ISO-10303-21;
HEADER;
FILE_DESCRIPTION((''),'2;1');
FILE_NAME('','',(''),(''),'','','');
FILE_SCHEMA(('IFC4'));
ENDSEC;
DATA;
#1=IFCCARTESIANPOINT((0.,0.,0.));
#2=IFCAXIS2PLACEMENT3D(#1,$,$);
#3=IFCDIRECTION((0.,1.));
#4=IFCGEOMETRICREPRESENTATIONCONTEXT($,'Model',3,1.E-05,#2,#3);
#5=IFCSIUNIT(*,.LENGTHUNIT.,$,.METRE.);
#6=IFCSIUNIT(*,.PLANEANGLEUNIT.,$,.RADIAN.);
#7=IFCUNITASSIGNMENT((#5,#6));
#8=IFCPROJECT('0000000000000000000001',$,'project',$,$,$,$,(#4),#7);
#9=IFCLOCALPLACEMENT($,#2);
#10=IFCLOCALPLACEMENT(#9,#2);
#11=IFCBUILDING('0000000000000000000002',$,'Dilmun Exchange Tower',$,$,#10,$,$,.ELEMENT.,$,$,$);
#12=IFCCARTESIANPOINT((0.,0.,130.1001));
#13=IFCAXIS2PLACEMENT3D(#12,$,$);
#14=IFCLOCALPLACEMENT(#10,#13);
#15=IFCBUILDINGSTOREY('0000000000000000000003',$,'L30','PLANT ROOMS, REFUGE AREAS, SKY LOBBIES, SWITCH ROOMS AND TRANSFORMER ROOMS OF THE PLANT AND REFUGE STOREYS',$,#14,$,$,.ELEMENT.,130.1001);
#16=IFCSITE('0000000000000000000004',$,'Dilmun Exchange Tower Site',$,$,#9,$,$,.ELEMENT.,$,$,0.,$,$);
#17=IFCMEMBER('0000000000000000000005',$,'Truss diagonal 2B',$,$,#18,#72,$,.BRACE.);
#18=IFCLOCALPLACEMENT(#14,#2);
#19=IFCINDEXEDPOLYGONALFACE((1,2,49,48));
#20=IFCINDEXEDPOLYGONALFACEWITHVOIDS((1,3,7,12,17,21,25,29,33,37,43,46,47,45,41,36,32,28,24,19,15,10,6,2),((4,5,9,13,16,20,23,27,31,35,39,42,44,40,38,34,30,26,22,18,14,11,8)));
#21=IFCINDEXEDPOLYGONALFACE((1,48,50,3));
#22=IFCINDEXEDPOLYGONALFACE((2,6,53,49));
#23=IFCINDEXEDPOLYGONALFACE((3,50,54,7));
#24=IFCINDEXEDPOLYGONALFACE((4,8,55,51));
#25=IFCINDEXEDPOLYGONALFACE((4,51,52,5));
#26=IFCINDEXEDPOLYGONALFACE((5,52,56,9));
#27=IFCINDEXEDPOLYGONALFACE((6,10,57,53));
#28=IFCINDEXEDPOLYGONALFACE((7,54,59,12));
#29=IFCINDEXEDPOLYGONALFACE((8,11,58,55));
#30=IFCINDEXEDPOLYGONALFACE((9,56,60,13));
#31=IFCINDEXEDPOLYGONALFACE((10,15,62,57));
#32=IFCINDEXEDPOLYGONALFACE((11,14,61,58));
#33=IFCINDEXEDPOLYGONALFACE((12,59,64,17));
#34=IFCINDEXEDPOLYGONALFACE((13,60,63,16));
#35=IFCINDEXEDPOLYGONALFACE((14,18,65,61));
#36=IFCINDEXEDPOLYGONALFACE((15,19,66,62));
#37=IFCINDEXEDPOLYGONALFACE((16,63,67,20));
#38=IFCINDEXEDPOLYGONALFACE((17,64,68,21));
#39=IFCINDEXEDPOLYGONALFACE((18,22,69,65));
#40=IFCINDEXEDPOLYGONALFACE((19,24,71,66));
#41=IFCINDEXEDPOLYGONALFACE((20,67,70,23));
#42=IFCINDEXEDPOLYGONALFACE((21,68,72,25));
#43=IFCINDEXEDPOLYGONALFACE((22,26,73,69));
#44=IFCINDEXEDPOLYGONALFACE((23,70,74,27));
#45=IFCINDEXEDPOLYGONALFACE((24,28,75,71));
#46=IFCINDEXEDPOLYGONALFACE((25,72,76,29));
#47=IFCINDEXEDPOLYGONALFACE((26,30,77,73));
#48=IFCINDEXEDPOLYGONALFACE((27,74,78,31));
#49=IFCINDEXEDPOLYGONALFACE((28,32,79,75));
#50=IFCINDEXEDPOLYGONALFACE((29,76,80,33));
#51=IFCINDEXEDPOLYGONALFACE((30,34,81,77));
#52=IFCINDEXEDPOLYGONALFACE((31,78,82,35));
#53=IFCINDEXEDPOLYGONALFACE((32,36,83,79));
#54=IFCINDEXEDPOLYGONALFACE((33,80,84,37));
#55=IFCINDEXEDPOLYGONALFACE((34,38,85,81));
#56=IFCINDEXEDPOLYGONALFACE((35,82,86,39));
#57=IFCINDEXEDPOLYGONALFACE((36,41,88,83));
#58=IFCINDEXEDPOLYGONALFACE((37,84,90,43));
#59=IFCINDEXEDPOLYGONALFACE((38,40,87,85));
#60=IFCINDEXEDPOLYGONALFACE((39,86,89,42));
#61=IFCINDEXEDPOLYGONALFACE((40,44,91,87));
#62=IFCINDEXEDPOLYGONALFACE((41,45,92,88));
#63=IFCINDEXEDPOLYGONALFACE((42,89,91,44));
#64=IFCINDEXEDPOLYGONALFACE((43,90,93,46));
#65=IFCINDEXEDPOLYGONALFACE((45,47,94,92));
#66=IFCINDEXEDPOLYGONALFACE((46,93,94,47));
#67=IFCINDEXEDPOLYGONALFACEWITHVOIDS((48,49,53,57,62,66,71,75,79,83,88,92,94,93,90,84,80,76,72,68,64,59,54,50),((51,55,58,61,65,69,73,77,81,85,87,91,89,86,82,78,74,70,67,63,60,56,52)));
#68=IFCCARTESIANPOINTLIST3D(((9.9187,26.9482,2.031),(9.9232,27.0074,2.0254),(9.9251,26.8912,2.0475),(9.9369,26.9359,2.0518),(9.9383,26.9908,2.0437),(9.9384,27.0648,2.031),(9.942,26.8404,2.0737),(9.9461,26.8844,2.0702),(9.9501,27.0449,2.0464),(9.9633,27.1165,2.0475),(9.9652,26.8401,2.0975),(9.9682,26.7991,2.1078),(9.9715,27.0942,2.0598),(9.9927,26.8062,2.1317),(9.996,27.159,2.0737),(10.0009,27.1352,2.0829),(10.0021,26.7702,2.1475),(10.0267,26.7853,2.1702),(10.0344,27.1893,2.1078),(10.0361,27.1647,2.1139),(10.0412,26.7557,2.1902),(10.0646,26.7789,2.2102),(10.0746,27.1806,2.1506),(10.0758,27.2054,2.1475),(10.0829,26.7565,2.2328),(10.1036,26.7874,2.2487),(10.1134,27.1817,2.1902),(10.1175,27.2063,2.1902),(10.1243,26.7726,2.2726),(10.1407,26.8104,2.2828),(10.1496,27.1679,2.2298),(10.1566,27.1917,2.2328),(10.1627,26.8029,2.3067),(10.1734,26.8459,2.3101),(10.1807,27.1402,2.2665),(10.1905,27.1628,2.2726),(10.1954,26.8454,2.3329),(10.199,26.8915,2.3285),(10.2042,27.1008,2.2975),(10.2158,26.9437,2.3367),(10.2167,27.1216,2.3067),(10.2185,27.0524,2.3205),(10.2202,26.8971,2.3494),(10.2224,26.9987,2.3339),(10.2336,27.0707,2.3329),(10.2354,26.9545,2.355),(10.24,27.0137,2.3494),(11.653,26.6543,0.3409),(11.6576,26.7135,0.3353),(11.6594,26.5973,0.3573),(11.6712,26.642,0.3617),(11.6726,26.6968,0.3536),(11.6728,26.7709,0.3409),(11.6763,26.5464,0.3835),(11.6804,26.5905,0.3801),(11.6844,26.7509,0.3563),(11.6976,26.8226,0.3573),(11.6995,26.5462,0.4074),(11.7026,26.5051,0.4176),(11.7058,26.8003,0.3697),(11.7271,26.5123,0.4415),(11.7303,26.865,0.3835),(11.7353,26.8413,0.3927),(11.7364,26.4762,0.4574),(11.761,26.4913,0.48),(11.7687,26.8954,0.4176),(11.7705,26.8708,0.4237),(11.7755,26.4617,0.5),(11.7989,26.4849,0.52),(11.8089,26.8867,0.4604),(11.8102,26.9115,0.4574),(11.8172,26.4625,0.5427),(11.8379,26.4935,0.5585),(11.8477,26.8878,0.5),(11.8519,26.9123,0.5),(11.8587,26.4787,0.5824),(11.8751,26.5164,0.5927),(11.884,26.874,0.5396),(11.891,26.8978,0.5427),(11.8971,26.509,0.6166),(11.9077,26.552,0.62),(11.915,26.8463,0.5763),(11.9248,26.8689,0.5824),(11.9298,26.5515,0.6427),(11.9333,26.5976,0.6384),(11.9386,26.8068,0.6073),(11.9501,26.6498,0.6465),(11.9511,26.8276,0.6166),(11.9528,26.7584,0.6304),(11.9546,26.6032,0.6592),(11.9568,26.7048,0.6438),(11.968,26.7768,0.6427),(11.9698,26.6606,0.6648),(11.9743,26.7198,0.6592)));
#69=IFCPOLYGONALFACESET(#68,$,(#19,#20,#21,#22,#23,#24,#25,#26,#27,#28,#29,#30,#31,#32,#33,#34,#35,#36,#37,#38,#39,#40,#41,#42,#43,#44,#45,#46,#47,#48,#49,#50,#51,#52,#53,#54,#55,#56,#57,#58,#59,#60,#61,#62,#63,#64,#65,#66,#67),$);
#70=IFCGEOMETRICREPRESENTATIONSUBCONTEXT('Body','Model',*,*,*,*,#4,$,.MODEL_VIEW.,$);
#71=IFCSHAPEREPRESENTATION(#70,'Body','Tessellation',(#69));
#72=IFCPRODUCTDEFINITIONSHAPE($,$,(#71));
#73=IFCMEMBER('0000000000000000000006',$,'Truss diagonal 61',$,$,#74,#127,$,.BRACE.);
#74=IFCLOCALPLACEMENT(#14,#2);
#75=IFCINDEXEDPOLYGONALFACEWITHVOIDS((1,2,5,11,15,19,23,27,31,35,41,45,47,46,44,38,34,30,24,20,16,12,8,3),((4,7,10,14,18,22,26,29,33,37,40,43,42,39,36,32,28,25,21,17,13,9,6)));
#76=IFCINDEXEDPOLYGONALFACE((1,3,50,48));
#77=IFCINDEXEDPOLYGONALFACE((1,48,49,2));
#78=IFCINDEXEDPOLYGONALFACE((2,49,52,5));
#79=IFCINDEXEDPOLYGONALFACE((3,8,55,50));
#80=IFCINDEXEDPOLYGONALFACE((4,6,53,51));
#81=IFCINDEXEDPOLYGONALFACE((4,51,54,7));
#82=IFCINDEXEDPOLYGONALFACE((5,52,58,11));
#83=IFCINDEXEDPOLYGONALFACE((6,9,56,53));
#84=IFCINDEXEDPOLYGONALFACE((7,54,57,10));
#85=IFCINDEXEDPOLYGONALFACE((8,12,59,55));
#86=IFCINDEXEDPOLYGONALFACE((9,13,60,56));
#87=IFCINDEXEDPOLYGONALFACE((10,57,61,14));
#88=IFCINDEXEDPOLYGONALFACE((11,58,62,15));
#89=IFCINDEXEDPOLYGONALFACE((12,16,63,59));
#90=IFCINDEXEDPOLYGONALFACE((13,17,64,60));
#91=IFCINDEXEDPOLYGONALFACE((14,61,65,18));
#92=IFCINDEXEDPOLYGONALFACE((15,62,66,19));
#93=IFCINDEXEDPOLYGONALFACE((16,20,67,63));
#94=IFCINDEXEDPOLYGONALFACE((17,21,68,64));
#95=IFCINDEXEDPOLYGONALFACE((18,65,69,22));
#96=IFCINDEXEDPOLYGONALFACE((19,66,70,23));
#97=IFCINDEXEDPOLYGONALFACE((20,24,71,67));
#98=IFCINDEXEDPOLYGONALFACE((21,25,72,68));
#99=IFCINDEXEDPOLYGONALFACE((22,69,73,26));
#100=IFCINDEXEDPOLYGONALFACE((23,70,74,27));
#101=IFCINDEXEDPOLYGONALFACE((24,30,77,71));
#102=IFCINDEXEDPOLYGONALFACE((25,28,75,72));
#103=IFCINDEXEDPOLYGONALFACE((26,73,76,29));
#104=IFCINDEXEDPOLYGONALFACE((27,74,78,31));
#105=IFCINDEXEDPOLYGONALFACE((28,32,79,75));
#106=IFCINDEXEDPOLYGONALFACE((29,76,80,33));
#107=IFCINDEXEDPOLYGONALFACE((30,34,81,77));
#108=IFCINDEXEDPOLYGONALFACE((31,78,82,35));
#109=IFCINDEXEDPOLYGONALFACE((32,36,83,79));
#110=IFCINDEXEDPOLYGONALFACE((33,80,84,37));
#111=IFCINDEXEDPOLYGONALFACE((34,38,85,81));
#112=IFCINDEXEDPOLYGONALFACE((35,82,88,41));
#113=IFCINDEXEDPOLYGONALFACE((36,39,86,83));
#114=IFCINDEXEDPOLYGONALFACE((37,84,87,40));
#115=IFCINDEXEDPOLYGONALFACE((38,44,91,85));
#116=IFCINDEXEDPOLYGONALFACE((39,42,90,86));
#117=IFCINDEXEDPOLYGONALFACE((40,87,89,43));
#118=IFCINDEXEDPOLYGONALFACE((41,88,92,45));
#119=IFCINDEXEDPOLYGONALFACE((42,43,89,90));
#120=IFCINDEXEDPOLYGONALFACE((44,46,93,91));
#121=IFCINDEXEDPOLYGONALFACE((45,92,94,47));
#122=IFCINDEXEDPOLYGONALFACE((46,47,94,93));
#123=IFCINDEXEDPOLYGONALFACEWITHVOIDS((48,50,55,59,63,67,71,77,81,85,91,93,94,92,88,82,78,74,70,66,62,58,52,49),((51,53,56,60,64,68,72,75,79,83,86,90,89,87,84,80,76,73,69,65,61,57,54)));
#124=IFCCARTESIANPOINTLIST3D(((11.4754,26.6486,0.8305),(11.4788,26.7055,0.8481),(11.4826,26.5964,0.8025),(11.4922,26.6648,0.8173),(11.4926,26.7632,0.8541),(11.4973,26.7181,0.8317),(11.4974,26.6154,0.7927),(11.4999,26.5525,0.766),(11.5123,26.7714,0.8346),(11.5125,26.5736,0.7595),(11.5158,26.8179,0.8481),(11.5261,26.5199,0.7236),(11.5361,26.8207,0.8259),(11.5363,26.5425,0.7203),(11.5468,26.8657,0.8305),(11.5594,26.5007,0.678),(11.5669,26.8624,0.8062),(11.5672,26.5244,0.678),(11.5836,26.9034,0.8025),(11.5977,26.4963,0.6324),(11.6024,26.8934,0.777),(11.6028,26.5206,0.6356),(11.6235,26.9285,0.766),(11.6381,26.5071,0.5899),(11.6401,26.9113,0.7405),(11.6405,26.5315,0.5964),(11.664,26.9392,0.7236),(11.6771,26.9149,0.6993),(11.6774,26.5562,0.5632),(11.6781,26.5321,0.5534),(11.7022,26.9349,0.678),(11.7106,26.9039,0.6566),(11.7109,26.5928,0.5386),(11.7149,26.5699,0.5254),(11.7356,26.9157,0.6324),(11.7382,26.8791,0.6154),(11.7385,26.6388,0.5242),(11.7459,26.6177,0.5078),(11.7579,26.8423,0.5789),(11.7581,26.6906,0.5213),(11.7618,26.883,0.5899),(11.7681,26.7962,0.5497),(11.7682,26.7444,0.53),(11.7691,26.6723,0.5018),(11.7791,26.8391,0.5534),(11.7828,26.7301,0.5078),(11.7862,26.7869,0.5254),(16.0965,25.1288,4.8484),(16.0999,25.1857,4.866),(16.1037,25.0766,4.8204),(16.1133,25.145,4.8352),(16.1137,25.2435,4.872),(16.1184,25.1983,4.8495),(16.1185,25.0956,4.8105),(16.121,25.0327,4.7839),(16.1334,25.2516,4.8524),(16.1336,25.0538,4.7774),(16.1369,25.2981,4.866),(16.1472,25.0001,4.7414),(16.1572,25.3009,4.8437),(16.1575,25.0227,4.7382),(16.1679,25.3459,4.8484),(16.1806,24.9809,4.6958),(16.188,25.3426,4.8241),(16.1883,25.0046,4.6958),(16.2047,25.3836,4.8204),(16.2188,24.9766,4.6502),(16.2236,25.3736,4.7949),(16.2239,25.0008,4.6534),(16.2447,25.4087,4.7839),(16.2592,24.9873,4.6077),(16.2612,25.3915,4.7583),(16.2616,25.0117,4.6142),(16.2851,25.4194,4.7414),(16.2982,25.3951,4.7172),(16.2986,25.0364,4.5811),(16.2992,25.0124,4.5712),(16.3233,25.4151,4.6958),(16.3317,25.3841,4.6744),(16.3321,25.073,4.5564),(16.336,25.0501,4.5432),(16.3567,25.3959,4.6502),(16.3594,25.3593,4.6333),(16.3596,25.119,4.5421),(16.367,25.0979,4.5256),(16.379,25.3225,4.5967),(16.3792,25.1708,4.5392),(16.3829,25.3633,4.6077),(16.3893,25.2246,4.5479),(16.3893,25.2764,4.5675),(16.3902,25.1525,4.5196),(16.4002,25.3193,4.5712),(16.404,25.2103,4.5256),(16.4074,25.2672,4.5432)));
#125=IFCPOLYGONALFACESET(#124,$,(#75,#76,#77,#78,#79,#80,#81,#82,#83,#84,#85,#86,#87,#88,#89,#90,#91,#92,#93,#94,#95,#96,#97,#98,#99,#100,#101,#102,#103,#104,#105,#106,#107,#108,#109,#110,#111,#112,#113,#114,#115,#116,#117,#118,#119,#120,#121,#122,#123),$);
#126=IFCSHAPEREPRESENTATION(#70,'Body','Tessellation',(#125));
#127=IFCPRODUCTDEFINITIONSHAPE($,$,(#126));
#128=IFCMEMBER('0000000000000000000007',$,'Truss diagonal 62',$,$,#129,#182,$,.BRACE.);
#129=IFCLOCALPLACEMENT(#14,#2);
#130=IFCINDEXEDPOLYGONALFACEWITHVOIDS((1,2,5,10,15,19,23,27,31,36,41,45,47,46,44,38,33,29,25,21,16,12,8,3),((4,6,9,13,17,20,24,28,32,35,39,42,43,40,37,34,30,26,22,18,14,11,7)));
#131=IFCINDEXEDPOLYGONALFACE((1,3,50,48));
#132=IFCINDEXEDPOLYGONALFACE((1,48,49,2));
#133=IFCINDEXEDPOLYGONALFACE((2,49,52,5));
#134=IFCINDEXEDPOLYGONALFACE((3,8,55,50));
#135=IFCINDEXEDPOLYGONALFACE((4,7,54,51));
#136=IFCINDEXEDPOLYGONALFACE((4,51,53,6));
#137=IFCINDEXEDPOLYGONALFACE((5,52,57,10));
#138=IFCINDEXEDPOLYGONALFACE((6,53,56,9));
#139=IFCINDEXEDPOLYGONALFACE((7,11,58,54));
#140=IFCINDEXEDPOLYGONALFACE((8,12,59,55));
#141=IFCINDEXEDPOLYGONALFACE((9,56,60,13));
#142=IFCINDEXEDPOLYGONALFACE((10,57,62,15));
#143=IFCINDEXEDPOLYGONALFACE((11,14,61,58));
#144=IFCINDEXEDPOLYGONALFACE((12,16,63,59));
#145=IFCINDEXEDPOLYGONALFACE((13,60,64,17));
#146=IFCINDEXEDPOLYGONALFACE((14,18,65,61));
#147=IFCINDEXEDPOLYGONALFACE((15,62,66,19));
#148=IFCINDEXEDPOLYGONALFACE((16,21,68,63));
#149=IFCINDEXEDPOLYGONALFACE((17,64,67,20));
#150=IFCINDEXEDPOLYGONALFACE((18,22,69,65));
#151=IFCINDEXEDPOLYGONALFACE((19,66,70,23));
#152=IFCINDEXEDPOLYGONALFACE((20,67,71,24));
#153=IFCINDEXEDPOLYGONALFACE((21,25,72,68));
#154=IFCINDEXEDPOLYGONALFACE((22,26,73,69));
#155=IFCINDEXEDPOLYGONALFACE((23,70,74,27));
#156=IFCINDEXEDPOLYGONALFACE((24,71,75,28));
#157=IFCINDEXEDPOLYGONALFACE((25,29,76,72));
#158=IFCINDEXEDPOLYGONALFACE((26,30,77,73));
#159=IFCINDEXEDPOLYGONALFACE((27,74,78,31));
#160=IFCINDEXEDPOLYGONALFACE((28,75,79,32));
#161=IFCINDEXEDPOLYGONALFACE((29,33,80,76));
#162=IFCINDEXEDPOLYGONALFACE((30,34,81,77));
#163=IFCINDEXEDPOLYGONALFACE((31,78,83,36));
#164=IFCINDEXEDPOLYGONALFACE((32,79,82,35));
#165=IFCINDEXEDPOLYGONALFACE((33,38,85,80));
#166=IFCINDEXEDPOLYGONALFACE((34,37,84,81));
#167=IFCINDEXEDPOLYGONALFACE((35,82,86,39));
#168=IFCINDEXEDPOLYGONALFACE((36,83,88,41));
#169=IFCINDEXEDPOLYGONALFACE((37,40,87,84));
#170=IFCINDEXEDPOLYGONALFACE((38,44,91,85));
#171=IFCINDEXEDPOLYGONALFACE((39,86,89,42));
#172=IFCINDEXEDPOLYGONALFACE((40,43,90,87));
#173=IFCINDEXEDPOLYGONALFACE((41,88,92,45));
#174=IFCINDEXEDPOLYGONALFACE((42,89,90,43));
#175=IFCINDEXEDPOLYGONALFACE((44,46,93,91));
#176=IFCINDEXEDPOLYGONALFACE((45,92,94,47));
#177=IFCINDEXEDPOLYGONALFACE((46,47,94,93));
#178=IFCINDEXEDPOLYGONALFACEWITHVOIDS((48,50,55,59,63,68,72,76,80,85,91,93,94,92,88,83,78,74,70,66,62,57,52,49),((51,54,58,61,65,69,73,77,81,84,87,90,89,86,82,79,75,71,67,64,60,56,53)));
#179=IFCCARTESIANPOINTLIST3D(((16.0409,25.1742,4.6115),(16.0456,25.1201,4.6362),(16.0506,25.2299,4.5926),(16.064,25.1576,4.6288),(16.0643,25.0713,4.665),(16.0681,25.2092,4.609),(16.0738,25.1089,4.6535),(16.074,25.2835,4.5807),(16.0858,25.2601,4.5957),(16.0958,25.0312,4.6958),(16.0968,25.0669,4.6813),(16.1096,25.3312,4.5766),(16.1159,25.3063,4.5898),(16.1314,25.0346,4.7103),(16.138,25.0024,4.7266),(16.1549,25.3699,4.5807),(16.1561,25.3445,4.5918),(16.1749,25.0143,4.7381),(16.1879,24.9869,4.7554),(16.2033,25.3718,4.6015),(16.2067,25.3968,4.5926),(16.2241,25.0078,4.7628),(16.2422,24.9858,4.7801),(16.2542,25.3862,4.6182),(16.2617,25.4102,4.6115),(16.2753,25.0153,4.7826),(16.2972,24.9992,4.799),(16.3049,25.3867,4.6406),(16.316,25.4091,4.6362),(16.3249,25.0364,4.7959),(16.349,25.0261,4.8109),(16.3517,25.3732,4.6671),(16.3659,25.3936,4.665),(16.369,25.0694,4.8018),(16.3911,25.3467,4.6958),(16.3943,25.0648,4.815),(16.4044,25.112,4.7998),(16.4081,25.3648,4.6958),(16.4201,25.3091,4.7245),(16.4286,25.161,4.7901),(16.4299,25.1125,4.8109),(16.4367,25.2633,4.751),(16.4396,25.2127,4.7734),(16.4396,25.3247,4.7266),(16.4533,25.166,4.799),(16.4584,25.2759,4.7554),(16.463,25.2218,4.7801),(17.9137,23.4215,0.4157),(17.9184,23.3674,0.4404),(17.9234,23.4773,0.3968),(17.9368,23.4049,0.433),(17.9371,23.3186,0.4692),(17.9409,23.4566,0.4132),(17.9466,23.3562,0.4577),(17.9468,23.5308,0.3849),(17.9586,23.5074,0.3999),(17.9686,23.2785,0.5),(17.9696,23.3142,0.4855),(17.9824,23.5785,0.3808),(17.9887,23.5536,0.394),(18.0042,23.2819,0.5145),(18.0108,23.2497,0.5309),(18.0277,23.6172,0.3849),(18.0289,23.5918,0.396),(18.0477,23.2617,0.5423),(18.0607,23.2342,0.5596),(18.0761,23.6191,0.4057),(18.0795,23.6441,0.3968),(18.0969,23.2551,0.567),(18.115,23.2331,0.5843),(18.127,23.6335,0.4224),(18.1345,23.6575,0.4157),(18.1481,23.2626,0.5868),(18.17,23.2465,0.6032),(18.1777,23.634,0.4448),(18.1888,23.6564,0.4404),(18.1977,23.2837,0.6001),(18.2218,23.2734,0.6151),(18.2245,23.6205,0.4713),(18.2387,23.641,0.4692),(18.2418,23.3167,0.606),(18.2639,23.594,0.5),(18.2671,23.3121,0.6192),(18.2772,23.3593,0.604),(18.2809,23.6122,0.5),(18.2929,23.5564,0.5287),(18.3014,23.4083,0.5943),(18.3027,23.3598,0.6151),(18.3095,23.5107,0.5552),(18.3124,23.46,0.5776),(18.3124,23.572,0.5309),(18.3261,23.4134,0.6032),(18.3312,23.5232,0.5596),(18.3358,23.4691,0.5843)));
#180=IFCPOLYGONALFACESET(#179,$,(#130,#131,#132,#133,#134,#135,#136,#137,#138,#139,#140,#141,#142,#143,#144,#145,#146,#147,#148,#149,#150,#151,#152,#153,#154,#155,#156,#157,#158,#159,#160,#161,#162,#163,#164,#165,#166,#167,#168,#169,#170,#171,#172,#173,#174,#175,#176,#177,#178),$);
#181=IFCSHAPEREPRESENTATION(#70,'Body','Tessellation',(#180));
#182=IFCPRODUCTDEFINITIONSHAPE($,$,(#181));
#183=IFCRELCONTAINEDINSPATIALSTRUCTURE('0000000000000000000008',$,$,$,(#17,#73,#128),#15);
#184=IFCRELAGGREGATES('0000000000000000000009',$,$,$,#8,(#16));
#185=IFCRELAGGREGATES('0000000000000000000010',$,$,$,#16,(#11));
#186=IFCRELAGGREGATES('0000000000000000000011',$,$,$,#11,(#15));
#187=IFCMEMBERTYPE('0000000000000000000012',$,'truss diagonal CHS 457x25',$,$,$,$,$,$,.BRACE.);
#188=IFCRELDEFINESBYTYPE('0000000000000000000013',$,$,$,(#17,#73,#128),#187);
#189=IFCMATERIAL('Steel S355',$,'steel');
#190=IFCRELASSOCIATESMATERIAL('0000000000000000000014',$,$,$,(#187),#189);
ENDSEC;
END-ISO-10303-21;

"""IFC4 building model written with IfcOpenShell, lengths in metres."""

from ifc_helpers import new_model, si_unit, direction, frame, origin, origin_2d, place, context, subcontext, project, spatial, hollow_circle, extrude, material, material_profile, profile_set, type_object, element, save


model = new_model("IFC4")

# Units and contexts
model_context = context("Model", 3, precision=1e-05, world=origin(), true_north=direction((0.0, 1.0)))
body_context = subcontext(model_context, "Body", "Model", "MODEL_VIEW")
ifc_project = project(units=[si_unit("LENGTHUNIT", "METRE"), si_unit("PLANEANGLEUNIT", "RADIAN")], contexts=[model_context])

# Site, building, storey
site_placement = place(None, origin())
site = spatial("IfcSite", under=ifc_project, at=site_placement, Name="Dilmun Exchange Tower Site", CompositionType="ELEMENT", RefElevation=0.0)
building_placement = place(site_placement, origin())
building = spatial("IfcBuilding", under=site, at=building_placement, Name="Dilmun Exchange Tower", CompositionType="ELEMENT")
storey_placement = place(building_placement, frame((0.0, 0.0, 130.1001)))
storey = spatial("IfcBuildingStorey", under=building, at=storey_placement, Name="L30", Description="PLANT ROOMS, REFUGE AREAS, SKY LOBBIES, SWITCH ROOMS AND TRANSFORMER ROOMS OF THE PLANT AND REFUGE STOREYS", CompositionType="ELEMENT", Elevation=130.1001)

# Shared definitions
ifc_material_1 = material(Name="Steel S355", Category="steel")

# Members
ifc_material_profile_1 = material_profile(ifc_material_1, hollow_circle(Radius=0.2285, WallThickness=0.0249, at=origin_2d()), Name="CHS 457x25")
ifc_profile_set_1 = profile_set([ifc_material_profile_1], Name="Steel S355")
member_type = type_object("IfcMemberType", Name="truss diagonal CHS 457x25", PredefinedType="BRACE", material=ifc_profile_set_1)
member_1_placement = place(storey_placement, frame((10.0793, 26.981, 2.1902), z_axis=(0.710953, -0.120494, -0.692839), x_axis=(0.167099, 0.98594, 0.0)))
element("IfcMember", 1, at=member_1_placement, inside=storey, type_object=member_type, Name="Truss diagonal 2B", PredefinedType="BRACE", context=body_context, shape_type="SweptSolid", body=[
    extrude(hollow_circle(Radius=0.2285, WallThickness=0.0249, at=origin_2d()), origin(), (0.0, 0.0, 1.0), 2.4395),
])
member_2_placement = place(storey_placement, frame((16.252, 25.198, 4.6958), z_axis=(-0.732427, 0.240879, -0.636811), x_axis=(-0.312416, -0.949945, 0.0)))
element("IfcMember", 2, at=member_2_placement, inside=storey, type_object=member_type, Name="Truss diagonal 61", PredefinedType="BRACE", context=body_context, shape_type="SweptSolid", body=[
    extrude(hollow_circle(Radius=0.2285, WallThickness=0.0249, at=origin_2d()), origin(), (0.0, 0.0, 1.0), 6.3093),
])
member_3_placement = place(storey_placement, frame((16.252, 25.198, 4.6958), z_axis=(0.380827, -0.356402, -0.853199), x_axis=(0.683304, 0.730134, 0.0)))
element("IfcMember", 3, at=member_3_placement, inside=storey, type_object=member_type, Name="Truss diagonal 62", PredefinedType="BRACE", context=body_context, shape_type="SweptSolid", body=[
    extrude(hollow_circle(Radius=0.2285, WallThickness=0.0249, at=origin_2d()), origin(), (0.0, 0.0, 1.0), 4.9177),
])

save(model, "model.ifc")
